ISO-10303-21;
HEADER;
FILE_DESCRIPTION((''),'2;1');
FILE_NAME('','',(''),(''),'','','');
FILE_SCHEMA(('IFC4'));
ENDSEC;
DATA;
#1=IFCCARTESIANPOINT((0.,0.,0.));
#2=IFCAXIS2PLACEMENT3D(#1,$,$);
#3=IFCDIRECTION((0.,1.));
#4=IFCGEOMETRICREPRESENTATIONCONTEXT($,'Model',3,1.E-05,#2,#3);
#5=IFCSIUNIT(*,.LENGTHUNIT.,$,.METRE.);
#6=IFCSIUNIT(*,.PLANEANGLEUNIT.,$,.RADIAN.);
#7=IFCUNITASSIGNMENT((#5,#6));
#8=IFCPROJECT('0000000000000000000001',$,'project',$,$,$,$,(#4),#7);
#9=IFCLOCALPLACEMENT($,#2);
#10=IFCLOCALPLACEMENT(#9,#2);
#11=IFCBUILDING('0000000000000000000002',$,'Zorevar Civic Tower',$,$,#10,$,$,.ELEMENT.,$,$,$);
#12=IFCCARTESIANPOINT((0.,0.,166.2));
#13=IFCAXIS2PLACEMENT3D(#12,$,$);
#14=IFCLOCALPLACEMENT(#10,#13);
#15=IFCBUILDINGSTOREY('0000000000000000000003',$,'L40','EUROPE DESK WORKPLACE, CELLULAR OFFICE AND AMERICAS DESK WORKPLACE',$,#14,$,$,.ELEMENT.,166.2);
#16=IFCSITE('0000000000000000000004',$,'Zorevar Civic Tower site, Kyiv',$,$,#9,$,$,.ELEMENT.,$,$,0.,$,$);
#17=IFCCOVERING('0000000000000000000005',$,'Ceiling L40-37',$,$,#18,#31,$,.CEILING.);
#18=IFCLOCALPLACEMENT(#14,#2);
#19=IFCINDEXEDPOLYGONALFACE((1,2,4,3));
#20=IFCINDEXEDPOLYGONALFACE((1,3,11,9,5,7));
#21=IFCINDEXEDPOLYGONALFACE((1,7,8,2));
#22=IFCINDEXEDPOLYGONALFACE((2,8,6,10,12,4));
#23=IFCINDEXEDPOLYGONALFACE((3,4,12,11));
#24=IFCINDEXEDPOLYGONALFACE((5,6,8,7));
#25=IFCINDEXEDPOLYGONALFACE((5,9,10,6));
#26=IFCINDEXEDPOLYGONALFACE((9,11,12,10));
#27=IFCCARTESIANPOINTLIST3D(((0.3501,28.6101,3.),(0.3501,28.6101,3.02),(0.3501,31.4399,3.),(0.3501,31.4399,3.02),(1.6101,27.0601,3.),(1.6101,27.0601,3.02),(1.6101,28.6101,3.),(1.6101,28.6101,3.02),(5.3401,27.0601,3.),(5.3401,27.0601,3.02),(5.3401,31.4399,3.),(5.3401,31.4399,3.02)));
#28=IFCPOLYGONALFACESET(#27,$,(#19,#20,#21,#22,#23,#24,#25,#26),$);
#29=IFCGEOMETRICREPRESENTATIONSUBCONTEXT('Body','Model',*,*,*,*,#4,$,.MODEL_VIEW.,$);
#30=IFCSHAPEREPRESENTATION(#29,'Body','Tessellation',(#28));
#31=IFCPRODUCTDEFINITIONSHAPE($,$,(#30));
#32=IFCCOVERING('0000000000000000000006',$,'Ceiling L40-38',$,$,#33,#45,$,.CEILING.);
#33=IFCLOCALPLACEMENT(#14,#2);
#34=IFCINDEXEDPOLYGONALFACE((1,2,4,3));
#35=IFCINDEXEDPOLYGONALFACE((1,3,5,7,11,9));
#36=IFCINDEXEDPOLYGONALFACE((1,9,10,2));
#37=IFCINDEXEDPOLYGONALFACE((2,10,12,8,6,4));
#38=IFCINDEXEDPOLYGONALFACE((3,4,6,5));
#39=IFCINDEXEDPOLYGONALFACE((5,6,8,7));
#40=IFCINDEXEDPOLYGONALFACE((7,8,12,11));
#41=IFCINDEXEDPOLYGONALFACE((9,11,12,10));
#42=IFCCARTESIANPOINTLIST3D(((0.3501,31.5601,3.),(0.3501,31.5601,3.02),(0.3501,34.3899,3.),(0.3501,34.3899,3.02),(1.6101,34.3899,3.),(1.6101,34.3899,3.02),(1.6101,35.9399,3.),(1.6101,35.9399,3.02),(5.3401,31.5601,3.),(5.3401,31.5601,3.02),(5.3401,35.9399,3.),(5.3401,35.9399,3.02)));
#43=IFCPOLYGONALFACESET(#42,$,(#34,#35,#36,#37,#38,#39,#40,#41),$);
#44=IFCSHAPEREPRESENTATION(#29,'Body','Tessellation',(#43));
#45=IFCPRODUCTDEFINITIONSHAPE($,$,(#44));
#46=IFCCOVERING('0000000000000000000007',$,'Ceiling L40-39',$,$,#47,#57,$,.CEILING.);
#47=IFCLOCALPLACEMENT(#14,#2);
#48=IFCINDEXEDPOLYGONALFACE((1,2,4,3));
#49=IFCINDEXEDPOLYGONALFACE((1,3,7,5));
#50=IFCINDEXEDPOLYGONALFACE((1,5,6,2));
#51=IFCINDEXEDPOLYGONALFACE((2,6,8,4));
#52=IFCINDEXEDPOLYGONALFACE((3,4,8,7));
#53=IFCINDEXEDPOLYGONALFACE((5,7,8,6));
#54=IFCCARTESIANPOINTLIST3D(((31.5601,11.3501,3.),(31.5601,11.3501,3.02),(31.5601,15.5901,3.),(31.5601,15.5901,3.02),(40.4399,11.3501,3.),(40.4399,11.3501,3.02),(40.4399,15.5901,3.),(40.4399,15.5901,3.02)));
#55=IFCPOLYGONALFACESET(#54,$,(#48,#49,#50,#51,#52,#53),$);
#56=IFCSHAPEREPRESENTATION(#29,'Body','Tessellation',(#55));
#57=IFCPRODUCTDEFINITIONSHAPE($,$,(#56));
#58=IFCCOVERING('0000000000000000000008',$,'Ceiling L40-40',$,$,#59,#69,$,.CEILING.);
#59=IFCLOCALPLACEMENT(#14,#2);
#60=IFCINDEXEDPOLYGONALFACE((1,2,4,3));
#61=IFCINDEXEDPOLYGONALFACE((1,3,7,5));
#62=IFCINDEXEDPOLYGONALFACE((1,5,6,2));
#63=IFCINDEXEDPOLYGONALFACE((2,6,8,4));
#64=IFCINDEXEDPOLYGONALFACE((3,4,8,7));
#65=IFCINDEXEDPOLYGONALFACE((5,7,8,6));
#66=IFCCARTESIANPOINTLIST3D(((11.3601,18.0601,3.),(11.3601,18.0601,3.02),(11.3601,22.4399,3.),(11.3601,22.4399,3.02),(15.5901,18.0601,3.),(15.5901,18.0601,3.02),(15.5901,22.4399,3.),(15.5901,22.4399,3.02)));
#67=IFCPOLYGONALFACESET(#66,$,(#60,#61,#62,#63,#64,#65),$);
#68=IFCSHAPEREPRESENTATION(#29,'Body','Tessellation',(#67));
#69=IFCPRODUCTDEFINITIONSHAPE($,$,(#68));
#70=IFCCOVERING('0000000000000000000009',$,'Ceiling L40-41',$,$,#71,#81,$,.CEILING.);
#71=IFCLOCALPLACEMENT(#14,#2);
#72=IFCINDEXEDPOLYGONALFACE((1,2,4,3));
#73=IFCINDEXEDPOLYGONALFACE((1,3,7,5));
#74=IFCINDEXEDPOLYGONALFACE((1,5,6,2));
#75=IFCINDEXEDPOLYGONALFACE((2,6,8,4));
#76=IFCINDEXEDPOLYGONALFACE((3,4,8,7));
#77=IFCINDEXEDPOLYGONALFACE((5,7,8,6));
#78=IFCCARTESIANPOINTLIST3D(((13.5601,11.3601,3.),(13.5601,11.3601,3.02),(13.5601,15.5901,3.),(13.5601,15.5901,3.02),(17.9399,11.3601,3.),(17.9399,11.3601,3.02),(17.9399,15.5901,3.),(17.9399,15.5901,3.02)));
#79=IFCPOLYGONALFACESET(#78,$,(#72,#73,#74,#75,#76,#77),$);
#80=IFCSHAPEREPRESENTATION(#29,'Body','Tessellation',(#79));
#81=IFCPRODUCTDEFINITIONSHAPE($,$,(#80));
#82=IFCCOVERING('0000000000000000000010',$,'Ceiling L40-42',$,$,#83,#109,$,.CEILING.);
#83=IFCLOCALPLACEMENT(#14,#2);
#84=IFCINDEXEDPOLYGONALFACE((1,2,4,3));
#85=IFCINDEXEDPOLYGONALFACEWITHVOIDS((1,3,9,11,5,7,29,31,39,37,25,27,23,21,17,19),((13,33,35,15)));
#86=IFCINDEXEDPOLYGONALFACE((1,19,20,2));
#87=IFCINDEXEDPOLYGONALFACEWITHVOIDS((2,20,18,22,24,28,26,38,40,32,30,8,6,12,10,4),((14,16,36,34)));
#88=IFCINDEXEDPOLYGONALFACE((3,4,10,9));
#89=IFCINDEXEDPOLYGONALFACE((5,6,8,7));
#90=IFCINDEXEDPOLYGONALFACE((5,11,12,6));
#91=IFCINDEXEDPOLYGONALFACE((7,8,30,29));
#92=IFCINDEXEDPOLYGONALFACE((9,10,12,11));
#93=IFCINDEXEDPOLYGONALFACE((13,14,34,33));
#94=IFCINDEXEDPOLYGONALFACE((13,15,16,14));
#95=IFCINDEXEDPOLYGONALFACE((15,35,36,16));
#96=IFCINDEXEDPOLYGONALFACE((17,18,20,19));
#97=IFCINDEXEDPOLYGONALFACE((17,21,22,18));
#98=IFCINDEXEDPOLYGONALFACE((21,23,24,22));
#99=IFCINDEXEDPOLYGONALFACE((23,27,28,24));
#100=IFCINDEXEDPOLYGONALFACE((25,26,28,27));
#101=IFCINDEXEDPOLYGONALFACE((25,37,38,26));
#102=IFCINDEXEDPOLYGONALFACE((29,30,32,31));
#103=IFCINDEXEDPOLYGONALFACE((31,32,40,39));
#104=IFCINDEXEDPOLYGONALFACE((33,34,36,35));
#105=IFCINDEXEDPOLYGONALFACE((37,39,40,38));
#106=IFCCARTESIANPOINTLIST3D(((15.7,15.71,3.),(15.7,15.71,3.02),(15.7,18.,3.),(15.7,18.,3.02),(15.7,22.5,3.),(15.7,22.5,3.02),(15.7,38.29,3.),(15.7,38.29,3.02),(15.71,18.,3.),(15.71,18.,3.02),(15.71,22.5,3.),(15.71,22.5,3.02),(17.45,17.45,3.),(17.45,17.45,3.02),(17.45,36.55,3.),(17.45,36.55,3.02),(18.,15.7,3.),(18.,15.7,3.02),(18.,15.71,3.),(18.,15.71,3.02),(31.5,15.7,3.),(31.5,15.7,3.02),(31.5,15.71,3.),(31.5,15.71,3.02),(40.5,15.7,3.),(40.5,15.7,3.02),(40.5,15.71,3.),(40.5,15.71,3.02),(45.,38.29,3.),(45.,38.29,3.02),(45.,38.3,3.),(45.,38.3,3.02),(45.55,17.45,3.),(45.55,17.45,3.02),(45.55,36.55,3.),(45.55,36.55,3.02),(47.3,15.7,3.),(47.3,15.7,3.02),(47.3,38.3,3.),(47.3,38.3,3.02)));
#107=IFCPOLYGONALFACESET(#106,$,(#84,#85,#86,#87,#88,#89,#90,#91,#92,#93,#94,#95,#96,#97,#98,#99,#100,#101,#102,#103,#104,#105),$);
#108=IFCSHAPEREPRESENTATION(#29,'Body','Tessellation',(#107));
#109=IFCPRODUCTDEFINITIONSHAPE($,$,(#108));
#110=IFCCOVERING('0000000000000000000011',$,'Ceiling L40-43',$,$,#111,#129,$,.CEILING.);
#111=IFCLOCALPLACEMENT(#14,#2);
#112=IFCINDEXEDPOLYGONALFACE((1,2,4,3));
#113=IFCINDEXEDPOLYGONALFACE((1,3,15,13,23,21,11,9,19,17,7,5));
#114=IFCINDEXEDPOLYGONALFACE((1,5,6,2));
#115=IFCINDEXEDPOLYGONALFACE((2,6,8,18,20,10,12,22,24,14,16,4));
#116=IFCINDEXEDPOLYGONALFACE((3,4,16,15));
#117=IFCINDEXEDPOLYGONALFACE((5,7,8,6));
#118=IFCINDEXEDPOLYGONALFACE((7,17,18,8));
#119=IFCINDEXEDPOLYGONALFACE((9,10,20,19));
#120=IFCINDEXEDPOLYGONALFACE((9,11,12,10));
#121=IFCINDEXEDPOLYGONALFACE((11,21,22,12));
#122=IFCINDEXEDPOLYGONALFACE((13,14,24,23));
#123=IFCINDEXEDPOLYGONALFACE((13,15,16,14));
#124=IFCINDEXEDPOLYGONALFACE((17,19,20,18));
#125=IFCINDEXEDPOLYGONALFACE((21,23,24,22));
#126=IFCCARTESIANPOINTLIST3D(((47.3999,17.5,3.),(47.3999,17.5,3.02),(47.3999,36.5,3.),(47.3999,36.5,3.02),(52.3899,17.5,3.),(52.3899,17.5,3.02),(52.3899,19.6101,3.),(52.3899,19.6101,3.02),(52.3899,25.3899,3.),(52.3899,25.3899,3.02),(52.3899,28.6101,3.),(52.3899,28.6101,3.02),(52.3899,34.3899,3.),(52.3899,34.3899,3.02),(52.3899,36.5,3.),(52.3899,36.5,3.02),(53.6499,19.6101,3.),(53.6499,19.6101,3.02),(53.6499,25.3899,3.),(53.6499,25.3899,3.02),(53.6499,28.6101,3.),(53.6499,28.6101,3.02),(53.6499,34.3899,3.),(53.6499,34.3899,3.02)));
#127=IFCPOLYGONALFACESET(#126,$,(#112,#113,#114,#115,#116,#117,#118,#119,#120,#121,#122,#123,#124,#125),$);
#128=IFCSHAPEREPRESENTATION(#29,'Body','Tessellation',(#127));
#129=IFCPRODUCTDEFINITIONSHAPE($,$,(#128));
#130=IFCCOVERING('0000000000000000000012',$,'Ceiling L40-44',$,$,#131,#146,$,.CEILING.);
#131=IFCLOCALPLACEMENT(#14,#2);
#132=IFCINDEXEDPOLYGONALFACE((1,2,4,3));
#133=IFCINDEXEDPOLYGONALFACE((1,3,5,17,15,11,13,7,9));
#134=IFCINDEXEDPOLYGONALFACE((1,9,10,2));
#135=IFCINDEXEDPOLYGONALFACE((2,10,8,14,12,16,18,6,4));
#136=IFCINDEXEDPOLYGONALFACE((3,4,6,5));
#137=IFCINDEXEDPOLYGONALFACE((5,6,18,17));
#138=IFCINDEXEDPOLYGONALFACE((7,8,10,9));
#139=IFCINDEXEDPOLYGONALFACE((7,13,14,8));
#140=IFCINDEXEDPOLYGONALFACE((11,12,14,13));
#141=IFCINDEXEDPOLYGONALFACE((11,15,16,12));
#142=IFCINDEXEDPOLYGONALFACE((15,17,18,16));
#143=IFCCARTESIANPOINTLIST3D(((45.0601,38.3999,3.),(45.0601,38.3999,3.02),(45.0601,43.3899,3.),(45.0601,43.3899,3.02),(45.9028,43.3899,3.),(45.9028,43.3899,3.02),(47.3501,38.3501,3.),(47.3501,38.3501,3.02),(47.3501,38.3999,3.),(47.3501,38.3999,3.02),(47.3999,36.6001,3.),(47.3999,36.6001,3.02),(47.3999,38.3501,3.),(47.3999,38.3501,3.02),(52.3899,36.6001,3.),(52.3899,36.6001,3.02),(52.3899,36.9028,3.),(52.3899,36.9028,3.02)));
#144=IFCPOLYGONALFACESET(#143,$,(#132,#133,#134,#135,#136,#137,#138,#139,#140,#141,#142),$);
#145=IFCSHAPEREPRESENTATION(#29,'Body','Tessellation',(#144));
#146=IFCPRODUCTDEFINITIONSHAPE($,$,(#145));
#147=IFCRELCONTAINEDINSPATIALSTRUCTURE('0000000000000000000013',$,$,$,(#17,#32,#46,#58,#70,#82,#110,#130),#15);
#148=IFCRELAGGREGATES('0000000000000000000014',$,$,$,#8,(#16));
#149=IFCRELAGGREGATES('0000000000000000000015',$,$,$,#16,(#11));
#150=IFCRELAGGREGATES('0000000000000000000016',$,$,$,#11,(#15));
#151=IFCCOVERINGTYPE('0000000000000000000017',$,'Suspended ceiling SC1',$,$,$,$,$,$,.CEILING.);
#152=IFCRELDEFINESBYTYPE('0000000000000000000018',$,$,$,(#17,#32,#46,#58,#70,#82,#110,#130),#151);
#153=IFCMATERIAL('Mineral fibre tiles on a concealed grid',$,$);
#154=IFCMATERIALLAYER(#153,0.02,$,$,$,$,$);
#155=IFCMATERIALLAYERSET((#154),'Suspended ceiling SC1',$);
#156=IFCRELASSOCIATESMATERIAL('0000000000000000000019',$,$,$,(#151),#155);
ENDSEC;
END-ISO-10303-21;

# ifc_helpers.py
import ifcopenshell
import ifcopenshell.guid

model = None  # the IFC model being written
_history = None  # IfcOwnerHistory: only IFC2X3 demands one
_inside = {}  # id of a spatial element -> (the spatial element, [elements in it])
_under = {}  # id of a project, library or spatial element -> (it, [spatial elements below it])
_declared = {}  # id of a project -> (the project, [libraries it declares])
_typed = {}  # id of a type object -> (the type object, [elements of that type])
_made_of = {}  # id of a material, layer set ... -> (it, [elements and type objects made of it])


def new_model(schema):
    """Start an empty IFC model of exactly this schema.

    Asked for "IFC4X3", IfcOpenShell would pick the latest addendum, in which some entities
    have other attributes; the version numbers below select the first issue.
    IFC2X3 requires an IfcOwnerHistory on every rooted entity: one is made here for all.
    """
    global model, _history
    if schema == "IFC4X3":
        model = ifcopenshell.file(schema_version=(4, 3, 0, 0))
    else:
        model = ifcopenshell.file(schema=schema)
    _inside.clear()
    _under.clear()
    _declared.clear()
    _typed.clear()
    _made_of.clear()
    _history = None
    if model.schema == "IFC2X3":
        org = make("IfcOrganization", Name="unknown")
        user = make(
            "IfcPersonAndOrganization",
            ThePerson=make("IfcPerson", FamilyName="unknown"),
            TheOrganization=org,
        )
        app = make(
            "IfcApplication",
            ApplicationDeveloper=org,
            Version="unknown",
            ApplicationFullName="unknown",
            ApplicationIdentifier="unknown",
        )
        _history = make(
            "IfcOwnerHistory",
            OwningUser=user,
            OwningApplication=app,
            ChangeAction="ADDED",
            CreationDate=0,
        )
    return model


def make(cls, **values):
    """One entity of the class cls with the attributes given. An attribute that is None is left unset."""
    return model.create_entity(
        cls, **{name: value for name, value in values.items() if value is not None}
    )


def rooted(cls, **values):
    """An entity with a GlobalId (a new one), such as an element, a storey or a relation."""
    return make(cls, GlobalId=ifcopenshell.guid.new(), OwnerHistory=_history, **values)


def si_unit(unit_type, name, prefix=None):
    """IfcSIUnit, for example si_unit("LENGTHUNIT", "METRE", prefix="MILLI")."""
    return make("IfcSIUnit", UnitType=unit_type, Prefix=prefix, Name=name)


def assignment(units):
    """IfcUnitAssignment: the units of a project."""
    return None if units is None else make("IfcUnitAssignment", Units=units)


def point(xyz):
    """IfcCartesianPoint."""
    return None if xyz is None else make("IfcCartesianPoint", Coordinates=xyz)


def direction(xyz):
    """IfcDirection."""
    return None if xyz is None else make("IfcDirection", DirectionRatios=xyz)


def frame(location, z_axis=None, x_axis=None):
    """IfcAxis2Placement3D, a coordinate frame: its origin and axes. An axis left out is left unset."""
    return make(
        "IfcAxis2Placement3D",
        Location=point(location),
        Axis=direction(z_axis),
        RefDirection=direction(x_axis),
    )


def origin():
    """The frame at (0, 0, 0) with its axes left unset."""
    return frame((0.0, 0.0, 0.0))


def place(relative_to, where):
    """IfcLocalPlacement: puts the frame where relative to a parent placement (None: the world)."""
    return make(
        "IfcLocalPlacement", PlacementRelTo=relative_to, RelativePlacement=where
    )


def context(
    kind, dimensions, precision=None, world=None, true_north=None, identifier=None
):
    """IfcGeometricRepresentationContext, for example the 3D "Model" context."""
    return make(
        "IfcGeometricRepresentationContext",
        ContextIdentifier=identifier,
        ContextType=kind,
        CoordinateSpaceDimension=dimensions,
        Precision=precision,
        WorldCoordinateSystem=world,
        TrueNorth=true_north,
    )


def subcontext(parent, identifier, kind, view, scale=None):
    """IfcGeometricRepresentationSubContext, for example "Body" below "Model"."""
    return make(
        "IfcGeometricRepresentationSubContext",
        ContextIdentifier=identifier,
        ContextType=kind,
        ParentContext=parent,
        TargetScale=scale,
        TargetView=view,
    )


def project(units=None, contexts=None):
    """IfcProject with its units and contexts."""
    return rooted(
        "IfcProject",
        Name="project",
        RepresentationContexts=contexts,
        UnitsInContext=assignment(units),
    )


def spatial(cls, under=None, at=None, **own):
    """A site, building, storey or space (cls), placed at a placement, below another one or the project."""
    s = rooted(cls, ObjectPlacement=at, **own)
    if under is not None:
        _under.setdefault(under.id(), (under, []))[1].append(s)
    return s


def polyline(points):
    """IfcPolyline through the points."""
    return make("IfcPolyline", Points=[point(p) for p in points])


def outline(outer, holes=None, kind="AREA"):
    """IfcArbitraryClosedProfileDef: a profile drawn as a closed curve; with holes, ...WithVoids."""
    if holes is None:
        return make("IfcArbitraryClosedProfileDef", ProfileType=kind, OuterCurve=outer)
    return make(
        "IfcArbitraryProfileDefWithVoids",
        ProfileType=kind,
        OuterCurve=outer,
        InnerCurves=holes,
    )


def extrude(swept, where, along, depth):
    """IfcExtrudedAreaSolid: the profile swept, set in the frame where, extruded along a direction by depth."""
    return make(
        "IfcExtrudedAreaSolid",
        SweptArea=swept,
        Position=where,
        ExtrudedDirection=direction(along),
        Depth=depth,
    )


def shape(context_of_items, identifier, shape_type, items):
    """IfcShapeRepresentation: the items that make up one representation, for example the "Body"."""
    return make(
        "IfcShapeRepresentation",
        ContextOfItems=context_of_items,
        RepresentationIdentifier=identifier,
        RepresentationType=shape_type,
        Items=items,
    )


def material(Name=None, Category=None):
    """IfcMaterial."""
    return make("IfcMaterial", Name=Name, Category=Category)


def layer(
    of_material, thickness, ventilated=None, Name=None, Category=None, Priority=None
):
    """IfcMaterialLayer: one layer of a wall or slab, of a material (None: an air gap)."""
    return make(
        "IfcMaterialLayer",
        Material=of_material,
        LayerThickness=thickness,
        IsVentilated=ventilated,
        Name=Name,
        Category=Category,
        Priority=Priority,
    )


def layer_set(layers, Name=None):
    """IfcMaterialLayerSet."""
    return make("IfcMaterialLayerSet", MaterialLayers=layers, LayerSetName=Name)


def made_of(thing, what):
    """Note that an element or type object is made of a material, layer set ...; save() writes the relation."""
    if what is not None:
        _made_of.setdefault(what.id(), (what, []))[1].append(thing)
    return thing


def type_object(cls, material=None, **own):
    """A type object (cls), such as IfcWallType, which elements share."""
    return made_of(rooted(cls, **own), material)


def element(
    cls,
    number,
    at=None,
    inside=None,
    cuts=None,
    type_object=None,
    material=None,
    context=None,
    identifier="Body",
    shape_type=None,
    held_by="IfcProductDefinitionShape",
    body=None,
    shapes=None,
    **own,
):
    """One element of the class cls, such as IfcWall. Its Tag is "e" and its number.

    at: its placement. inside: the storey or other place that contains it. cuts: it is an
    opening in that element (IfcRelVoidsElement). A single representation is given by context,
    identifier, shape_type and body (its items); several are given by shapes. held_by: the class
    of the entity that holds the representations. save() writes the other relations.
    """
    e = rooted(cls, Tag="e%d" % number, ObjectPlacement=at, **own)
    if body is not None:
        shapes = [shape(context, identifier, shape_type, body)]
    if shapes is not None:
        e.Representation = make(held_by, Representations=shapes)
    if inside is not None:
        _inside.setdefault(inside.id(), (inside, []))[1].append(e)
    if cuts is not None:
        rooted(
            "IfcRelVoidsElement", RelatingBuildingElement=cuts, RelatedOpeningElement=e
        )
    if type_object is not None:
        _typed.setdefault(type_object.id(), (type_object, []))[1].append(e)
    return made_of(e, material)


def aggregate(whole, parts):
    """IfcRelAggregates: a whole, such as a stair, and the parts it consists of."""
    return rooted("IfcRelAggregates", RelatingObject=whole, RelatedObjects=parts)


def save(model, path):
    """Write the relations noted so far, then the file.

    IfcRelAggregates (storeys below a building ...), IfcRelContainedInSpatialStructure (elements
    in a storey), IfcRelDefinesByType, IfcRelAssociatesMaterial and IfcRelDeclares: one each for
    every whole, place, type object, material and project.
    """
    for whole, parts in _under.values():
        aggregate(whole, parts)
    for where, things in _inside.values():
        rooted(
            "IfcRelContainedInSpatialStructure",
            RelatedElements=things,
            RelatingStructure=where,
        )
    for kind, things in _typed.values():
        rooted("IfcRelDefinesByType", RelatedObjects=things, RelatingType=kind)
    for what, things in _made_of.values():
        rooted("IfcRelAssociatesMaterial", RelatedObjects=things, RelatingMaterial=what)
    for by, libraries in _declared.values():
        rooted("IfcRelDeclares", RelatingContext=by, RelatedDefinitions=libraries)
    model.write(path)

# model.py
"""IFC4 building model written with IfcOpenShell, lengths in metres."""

from ifc_helpers import new_model, si_unit, direction, frame, origin, place, context, subcontext, project, spatial, polyline, outline, extrude, material, layer, layer_set, type_object, element, save


model = new_model("IFC4")

# Units and contexts
model_context = context("Model", 3, precision=1e-05, world=origin(), true_north=direction((0.0, 1.0)))
body_context = subcontext(model_context, "Body", "Model", "MODEL_VIEW")
ifc_project = project(units=[si_unit("LENGTHUNIT", "METRE"), si_unit("PLANEANGLEUNIT", "RADIAN")], contexts=[model_context])

# Site, building, storey
site_placement = place(None, origin())
site = spatial("IfcSite", under=ifc_project, at=site_placement, Name="Zorevar Civic Tower site, Kyiv", CompositionType="ELEMENT", RefElevation=0.0)
building_placement = place(site_placement, origin())
building = spatial("IfcBuilding", under=site, at=building_placement, Name="Zorevar Civic Tower", CompositionType="ELEMENT")
storey_placement = place(building_placement, frame((0.0, 0.0, 166.2)))
storey = spatial("IfcBuildingStorey", under=building, at=storey_placement, Name="L40", Description="EUROPE DESK WORKPLACE, CELLULAR OFFICE AND AMERICAS DESK WORKPLACE", CompositionType="ELEMENT", Elevation=166.2)

# Coverings
ifc_material_1 = material(Name="Mineral fibre tiles on a concealed grid")
ifc_layer_1 = layer(ifc_material_1, 0.02)
ifc_layer_set_1 = layer_set([ifc_layer_1], Name="Suspended ceiling SC1")
covering_type_1 = type_object("IfcCoveringType", Name="Suspended ceiling SC1", PredefinedType="CEILING", material=ifc_layer_set_1)
covering_1_placement = place(storey_placement, frame((0.0, 0.0, 3.0)))
element("IfcCovering", 1, at=covering_1_placement, inside=storey, type_object=covering_type_1, Name="Ceiling L40-37", PredefinedType="CEILING", context=body_context, shape_type="SweptSolid", body=[
    extrude(outline(polyline([(5.3401, 27.0601), (1.6101, 27.0601), (1.6101, 28.6101), (0.3501, 28.6101), (0.3501, 31.4399), (5.3401, 31.4399), (5.3401, 27.0601)])), origin(), (0.0, 0.0, 1.0), 0.02),
])
covering_2_placement = place(storey_placement, frame((0.0, 0.0, 3.0)))
element("IfcCovering", 2, at=covering_2_placement, inside=storey, type_object=covering_type_1, Name="Ceiling L40-38", PredefinedType="CEILING", context=body_context, shape_type="SweptSolid", body=[
    extrude(outline(polyline([(5.3401, 31.5601), (0.3501, 31.5601), (0.3501, 34.3899), (1.6101, 34.3899), (1.6101, 35.9399), (5.3401, 35.9399), (5.3401, 31.5601)])), origin(), (0.0, 0.0, 1.0), 0.02),
])
covering_3_placement = place(storey_placement, frame((0.0, 0.0, 3.0)))
element("IfcCovering", 3, at=covering_3_placement, inside=storey, type_object=covering_type_1, Name="Ceiling L40-39", PredefinedType="CEILING", context=body_context, shape_type="SweptSolid", body=[
    extrude(outline(polyline([(31.5601, 15.5901), (40.4399, 15.5901), (40.4399, 11.3501), (31.5601, 11.3501), (31.5601, 15.5901)])), origin(), (0.0, 0.0, 1.0), 0.02),
])
covering_4_placement = place(storey_placement, frame((0.0, 0.0, 3.0)))
element("IfcCovering", 4, at=covering_4_placement, inside=storey, type_object=covering_type_1, Name="Ceiling L40-40", PredefinedType="CEILING", context=body_context, shape_type="SweptSolid", body=[
    extrude(outline(polyline([(11.3601, 22.4399), (15.5901, 22.4399), (15.5901, 18.0601), (11.3601, 18.0601), (11.3601, 22.4399)])), origin(), (0.0, 0.0, 1.0), 0.02),
])
covering_5_placement = place(storey_placement, frame((0.0, 0.0, 3.0)))
element("IfcCovering", 5, at=covering_5_placement, inside=storey, type_object=covering_type_1, Name="Ceiling L40-41", PredefinedType="CEILING", context=body_context, shape_type="SweptSolid", body=[
    extrude(outline(polyline([(13.5601, 15.5901), (17.9399, 15.5901), (17.9399, 11.3601), (13.5601, 11.3601), (13.5601, 15.5901)])), origin(), (0.0, 0.0, 1.0), 0.02),
])
covering_6_placement = place(storey_placement, frame((0.0, 0.0, 3.0)))
element("IfcCovering", 6, at=covering_6_placement, inside=storey, type_object=covering_type_1, Name="Ceiling L40-42", PredefinedType="CEILING", context=body_context, shape_type="SweptSolid", body=[
    extrude(outline(polyline([(15.7, 15.71), (15.7, 18.0), (15.71, 18.0), (15.71, 22.5), (15.7, 22.5), (15.7, 38.29), (45.0, 38.29), (45.0, 38.3), (47.3, 38.3), (47.3, 15.7), (40.5, 15.7), (40.5, 15.71), (31.5, 15.71), (31.5, 15.7), (18.0, 15.7), (18.0, 15.71), (15.7, 15.71)]), holes=[polyline([(45.55, 17.45), (45.55, 36.55), (17.45, 36.55), (17.45, 17.45), (45.55, 17.45)])]), origin(), (0.0, 0.0, 1.0), 0.02),
])
covering_7_placement = place(storey_placement, frame((0.0, 0.0, 3.0)))
element("IfcCovering", 7, at=covering_7_placement, inside=storey, type_object=covering_type_1, Name="Ceiling L40-43", PredefinedType="CEILING", context=body_context, shape_type="SweptSolid", body=[
    extrude(outline(polyline([(53.6499, 28.6101), (52.3899, 28.6101), (52.3899, 25.3899), (53.6499, 25.3899), (53.6499, 19.6101), (52.3899, 19.6101), (52.3899, 17.5), (47.3999, 17.5), (47.3999, 36.5), (52.3899, 36.5), (52.3899, 34.3899), (53.6499, 34.3899), (53.6499, 28.6101)])), origin(), (0.0, 0.0, 1.0), 0.02),
])
covering_8_placement = place(storey_placement, frame((0.0, 0.0, 3.0)))
element("IfcCovering", 8, at=covering_8_placement, inside=storey, type_object=covering_type_1, Name="Ceiling L40-44", PredefinedType="CEILING", context=body_context, shape_type="SweptSolid", body=[
    extrude(outline(polyline([(52.3899, 36.6001), (47.3999, 36.6001), (47.3999, 38.3501), (47.3501, 38.3501), (47.3501, 38.3999), (45.0601, 38.3999), (45.0601, 43.3899), (45.9028, 43.3899), (52.3899, 36.9028), (52.3899, 36.6001)])), origin(), (0.0, 0.0, 1.0), 0.02),
])

save(model, "model.ifc")
